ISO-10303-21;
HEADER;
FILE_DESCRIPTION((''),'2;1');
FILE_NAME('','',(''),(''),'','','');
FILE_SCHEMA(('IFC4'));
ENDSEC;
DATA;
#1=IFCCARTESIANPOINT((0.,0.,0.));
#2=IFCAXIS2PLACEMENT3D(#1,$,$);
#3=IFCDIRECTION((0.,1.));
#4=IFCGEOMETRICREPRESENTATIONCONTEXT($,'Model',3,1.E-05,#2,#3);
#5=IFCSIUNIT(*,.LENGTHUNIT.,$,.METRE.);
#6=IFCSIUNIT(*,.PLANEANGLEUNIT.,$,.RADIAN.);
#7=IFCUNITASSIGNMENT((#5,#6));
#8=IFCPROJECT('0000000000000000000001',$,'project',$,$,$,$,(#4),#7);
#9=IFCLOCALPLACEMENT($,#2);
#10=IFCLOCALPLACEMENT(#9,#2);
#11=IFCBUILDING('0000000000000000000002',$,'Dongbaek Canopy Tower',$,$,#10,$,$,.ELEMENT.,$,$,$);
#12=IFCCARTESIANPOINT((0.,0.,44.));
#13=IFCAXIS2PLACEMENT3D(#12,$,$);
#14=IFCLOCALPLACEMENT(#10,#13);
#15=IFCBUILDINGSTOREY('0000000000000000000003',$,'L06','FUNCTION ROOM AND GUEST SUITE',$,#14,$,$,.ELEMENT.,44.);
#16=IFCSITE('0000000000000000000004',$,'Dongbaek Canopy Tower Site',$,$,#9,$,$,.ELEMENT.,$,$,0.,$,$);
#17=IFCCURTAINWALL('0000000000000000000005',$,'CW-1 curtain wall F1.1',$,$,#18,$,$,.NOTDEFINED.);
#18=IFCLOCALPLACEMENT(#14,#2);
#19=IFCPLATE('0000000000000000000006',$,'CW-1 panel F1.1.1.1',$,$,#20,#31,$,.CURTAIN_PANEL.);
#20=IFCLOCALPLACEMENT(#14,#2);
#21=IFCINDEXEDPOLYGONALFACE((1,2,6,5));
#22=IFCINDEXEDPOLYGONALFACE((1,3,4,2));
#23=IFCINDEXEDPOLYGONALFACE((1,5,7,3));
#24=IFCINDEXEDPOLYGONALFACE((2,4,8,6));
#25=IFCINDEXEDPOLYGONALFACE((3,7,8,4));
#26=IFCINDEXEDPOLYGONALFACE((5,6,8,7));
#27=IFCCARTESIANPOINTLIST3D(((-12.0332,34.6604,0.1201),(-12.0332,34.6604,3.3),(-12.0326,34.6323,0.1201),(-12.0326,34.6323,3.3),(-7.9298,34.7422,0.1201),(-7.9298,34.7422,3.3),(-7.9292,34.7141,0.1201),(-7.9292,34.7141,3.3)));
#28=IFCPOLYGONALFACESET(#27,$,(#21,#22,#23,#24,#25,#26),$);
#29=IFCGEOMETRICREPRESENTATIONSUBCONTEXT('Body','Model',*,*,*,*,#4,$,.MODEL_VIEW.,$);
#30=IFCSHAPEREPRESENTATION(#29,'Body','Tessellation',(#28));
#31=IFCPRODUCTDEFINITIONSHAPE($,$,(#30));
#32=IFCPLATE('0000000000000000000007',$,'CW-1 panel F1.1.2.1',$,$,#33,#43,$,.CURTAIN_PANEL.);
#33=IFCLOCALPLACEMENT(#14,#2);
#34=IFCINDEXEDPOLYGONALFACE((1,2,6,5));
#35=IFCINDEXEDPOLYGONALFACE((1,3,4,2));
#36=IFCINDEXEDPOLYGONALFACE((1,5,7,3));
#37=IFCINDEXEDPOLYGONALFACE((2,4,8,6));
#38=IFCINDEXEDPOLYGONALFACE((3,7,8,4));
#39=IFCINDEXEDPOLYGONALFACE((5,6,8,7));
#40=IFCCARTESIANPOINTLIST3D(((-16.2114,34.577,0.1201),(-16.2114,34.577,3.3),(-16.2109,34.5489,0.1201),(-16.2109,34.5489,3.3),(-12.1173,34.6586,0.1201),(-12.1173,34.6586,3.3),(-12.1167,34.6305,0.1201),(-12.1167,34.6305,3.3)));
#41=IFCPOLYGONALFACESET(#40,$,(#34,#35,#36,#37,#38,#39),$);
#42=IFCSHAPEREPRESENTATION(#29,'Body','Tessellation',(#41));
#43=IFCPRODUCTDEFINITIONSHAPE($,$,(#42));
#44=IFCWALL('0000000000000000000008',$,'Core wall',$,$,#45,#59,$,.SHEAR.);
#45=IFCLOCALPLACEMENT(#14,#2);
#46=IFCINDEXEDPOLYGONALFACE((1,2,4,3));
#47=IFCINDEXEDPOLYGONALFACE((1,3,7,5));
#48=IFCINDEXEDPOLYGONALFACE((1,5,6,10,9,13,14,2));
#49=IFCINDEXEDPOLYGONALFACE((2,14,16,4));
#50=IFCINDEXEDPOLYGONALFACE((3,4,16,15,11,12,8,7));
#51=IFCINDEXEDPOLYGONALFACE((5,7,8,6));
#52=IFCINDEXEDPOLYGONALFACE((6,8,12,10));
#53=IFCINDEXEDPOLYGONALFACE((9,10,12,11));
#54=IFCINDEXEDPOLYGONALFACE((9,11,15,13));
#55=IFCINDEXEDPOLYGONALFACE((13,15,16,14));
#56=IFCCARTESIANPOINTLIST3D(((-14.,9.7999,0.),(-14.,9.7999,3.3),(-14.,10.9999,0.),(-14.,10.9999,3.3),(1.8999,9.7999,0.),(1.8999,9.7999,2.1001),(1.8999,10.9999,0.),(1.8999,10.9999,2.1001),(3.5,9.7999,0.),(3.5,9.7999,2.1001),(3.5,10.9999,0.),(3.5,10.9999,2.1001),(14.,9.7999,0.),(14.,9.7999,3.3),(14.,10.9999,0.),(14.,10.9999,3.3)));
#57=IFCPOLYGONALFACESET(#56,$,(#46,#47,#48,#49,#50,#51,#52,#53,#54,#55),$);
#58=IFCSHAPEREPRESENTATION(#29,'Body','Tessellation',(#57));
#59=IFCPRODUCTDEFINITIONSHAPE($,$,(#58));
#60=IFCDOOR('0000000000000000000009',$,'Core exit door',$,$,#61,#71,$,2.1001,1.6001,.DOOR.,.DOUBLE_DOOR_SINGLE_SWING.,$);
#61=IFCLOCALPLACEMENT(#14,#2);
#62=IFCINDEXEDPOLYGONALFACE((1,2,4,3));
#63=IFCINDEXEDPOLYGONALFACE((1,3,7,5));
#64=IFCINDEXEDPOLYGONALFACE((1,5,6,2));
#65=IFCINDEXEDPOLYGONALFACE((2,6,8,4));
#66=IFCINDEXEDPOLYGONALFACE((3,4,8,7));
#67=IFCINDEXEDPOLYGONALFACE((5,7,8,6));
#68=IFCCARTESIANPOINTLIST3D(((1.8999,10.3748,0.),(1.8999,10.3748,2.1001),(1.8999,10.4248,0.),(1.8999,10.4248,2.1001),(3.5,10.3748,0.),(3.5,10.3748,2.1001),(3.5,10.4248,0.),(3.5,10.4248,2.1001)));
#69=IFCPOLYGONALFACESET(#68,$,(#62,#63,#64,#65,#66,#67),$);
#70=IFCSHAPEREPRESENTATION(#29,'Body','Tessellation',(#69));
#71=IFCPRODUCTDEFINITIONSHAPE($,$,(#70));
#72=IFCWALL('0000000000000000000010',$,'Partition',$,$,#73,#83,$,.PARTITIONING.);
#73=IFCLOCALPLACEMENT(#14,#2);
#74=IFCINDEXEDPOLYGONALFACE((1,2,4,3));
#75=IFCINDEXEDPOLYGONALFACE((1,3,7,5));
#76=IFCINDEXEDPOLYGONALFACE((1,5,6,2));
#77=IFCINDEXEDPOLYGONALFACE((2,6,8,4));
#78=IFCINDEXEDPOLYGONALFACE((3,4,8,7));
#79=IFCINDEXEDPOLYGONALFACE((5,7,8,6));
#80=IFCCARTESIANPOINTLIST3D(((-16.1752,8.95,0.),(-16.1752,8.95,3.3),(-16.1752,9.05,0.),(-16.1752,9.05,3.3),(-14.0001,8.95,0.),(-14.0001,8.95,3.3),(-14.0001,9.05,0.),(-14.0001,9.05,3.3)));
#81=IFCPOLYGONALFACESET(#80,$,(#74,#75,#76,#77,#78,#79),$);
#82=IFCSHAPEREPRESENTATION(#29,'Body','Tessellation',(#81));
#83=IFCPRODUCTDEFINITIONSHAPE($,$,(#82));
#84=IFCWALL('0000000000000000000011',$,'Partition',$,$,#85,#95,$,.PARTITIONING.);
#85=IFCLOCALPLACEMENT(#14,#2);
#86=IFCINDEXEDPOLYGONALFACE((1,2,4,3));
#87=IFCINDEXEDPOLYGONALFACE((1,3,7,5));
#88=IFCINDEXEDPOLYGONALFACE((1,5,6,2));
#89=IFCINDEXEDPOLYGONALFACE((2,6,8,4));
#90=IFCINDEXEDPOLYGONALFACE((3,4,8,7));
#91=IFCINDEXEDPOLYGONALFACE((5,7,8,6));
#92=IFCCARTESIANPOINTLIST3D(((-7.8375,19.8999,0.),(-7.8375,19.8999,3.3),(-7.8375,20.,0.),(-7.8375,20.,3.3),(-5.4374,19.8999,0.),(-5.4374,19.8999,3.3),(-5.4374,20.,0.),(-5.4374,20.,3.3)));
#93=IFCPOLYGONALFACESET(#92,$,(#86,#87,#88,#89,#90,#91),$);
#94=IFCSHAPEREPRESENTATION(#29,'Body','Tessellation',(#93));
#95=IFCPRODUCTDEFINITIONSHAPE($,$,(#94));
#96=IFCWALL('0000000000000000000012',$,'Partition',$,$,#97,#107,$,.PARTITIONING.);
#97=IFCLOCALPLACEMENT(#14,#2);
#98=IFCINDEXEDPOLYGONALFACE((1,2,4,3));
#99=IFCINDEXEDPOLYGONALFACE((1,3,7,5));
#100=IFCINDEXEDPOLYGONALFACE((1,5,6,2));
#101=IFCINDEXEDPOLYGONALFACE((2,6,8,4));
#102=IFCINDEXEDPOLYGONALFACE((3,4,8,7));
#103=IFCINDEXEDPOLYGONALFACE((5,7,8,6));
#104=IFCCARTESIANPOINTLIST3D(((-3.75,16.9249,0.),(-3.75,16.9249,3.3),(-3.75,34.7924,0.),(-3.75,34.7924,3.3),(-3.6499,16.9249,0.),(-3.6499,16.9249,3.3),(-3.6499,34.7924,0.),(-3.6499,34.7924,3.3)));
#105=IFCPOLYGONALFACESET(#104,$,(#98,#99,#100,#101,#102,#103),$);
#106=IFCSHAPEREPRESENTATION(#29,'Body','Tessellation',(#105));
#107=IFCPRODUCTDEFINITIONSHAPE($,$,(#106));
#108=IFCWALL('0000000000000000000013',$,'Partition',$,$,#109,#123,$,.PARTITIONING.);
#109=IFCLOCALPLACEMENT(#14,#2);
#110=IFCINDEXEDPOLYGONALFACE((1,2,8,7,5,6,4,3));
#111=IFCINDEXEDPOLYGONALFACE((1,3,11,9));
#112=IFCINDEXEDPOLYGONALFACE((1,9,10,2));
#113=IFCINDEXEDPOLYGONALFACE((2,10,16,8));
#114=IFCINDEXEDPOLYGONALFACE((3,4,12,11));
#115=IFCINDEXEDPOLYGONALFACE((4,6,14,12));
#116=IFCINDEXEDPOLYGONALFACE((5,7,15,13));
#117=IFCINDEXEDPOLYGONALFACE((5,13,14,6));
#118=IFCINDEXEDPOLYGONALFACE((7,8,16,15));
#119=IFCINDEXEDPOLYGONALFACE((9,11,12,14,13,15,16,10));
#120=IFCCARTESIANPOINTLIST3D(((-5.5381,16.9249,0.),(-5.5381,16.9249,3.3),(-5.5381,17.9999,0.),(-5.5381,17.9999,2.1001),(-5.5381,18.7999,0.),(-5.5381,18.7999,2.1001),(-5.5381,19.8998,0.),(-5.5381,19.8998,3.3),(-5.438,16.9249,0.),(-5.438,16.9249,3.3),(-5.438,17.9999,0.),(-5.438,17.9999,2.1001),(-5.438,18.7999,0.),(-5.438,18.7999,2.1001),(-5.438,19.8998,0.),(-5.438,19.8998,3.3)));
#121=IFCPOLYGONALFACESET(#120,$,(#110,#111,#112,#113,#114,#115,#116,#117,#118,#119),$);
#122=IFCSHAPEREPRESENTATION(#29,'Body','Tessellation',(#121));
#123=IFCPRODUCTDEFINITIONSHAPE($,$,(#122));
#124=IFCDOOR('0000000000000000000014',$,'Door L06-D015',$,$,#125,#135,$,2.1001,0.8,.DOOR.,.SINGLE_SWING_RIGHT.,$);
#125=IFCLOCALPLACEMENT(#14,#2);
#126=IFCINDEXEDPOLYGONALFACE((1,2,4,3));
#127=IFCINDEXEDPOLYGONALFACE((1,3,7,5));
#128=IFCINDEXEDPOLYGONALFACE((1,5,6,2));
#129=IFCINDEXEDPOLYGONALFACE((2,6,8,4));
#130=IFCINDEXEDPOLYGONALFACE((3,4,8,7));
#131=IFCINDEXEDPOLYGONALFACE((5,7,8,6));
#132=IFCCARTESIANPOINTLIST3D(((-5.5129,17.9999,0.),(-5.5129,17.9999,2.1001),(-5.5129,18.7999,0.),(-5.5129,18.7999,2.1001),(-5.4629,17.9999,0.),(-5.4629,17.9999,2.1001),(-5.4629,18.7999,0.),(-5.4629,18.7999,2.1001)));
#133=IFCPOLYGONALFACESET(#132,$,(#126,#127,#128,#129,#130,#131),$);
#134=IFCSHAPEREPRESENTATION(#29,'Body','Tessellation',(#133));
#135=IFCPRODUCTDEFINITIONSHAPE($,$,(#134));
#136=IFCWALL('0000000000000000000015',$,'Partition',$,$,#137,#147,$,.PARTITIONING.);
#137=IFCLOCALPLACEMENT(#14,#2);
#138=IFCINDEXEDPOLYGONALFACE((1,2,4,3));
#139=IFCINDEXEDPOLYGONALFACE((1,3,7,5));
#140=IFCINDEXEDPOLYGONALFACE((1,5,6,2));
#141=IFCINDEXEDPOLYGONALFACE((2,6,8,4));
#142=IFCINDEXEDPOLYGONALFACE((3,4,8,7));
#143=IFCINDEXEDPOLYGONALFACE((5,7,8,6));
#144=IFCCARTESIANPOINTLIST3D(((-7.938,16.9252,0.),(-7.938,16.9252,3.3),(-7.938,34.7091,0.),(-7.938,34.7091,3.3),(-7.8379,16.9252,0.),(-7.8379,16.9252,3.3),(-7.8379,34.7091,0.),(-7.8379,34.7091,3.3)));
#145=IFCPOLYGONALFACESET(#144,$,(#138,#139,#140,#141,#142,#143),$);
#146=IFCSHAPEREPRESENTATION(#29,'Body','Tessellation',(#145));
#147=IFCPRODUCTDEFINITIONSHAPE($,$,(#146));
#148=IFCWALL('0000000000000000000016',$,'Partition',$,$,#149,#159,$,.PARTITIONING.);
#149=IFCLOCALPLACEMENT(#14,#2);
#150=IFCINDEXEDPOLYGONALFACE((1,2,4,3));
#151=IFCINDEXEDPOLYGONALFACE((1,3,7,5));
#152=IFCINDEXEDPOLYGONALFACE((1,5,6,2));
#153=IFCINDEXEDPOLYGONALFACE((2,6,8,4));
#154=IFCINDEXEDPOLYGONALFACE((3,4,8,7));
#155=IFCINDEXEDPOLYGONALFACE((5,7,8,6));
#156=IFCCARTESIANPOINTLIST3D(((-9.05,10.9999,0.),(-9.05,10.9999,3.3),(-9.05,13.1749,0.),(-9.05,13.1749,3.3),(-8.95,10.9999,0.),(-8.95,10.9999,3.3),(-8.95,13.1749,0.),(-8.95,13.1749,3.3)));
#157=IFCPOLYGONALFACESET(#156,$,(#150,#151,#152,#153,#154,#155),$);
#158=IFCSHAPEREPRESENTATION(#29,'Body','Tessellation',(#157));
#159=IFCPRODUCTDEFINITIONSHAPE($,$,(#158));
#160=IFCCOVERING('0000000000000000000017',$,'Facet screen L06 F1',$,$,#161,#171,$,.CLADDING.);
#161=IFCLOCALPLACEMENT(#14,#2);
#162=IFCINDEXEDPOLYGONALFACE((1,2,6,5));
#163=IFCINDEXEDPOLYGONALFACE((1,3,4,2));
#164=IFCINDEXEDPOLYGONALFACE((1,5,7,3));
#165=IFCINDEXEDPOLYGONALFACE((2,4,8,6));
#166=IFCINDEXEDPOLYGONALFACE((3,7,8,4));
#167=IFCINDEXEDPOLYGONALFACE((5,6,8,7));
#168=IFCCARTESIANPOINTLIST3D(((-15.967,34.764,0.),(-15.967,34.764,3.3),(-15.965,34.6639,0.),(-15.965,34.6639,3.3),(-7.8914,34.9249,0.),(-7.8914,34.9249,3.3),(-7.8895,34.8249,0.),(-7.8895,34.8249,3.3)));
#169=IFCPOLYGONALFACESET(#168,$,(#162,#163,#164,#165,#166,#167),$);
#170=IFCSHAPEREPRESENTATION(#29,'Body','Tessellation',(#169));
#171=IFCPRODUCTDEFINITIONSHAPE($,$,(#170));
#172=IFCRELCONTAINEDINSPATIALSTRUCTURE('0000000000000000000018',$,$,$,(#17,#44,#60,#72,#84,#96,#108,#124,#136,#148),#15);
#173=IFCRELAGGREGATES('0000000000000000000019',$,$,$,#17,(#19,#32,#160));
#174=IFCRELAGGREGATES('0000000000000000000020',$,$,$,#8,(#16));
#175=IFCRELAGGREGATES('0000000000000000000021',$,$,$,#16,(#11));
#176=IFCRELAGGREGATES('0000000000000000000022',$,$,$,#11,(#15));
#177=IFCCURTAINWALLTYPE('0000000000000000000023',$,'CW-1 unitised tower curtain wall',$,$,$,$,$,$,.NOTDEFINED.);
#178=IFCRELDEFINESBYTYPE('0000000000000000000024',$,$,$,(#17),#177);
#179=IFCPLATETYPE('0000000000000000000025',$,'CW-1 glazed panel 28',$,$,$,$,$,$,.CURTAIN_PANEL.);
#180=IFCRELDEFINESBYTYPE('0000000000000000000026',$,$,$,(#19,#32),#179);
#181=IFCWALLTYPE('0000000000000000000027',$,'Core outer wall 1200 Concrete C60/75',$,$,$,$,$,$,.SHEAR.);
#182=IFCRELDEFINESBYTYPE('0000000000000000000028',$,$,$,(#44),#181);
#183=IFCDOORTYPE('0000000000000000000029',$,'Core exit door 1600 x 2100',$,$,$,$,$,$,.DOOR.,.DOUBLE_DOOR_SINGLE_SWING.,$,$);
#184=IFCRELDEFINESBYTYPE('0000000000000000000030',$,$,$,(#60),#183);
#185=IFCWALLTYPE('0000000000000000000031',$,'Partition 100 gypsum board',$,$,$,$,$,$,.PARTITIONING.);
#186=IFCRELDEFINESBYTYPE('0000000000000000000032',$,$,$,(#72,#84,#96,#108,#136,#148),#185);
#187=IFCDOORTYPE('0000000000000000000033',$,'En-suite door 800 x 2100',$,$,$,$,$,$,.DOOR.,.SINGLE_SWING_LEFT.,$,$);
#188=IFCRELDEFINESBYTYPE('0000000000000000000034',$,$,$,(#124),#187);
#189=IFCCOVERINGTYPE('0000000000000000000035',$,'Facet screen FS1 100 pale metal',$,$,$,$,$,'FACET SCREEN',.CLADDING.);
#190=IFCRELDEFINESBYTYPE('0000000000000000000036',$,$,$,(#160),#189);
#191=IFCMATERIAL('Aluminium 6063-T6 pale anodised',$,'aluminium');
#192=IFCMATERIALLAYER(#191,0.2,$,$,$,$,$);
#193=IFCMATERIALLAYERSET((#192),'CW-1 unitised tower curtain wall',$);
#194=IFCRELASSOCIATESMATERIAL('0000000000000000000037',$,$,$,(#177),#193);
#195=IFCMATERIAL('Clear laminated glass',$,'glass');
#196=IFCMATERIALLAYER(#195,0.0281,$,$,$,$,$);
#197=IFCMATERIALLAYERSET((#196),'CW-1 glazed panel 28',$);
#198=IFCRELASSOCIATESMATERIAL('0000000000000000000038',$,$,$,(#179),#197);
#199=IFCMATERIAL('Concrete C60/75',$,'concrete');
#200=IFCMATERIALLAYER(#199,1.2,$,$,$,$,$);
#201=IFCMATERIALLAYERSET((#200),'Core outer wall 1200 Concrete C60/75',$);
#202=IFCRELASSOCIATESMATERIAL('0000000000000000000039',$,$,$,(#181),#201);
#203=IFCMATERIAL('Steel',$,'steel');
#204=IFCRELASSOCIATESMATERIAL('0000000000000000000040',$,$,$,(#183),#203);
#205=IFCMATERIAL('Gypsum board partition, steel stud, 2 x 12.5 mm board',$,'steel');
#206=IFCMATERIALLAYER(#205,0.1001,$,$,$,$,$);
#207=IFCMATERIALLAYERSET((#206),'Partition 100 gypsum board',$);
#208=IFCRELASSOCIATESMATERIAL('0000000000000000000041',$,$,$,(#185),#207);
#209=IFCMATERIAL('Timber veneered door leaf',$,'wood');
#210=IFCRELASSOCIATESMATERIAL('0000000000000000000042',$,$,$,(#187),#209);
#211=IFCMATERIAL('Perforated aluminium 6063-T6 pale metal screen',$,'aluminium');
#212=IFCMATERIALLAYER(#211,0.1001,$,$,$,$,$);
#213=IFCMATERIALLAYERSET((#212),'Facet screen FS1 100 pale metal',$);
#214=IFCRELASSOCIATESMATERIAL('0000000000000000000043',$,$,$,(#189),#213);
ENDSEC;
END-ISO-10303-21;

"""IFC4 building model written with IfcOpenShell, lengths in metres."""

from ifc_helpers import new_model, si_unit, direction, frame, frame_2d, origin, origin_2d, place, context, subcontext, project, spatial, rectangle, extrude, material, layer, layer_set, type_object, element, fill, aggregate, save


model = new_model("IFC4")

# Units and contexts
model_context = context("Model", 3, precision=1e-05, world=origin(), true_north=direction((0.0, 1.0)))
body_context = subcontext(model_context, "Body", "Model", "MODEL_VIEW")
ifc_project = project(units=[si_unit("LENGTHUNIT", "METRE"), si_unit("PLANEANGLEUNIT", "RADIAN")], contexts=[model_context])

# Site, building, storey
site_placement = place(None, origin())
site = spatial("IfcSite", under=ifc_project, at=site_placement, Name="Dongbaek Canopy Tower Site", CompositionType="ELEMENT", RefElevation=0.0)
building_placement = place(site_placement, origin())
building = spatial("IfcBuilding", under=site, at=building_placement, Name="Dongbaek Canopy Tower", CompositionType="ELEMENT")
storey_placement = place(building_placement, frame((0.0, 0.0, 44.0)))
storey = spatial("IfcBuildingStorey", under=building, at=storey_placement, Name="L06", Description="FUNCTION ROOM AND GUEST SUITE", CompositionType="ELEMENT", Elevation=44.0)

# Curtain wall
ifc_material_1 = material(Name="Aluminium 6063-T6 pale anodised", Category="aluminium")
ifc_layer_1 = layer(ifc_material_1, 0.2)
ifc_layer_set_1 = layer_set([ifc_layer_1], Name="CW-1 unitised tower curtain wall")
curtain_wall_type = type_object("IfcCurtainWallType", Name="CW-1 unitised tower curtain wall", PredefinedType="NOTDEFINED", material=ifc_layer_set_1)
curtain_wall_placement = place(storey_placement, origin())
curtain_wall = element("IfcCurtainWall", 1, at=curtain_wall_placement, inside=storey, type_object=curtain_wall_type, Name="CW-1 curtain wall F1.1", PredefinedType="NOTDEFINED")

# Plates
ifc_material_2 = material(Name="Clear laminated glass", Category="glass")
ifc_layer_2 = layer(ifc_material_2, 0.0281)
ifc_layer_set_2 = layer_set([ifc_layer_2], Name="CW-1 glazed panel 28")
plate_type = type_object("IfcPlateType", Name="CW-1 glazed panel 28", PredefinedType="CURTAIN_PANEL", material=ifc_layer_set_2)
plate_1_placement = place(storey_placement, frame((-9.9812, 34.6873, 0.1201), z_axis=(0.0, 0.0, 1.0), x_axis=(-0.999801, -0.019926, 0.0)))
plate_1 = element("IfcPlate", 2, at=plate_1_placement, type_object=plate_type, Name="CW-1 panel F1.1.1.1", PredefinedType="CURTAIN_PANEL", context=body_context, shape_type="SweptSolid", body=[
    extrude(rectangle(XDim=4.1042, YDim=0.0281, at=origin_2d()), origin(), (0.0, 0.0, 1.0), 3.1799),
])
plate_2_placement = place(storey_placement, frame((-14.1641, 34.6038, 0.1201), z_axis=(0.0, 0.0, 1.0), x_axis=(-0.999801, -0.019926, 0.0)))
plate_2 = element("IfcPlate", 3, at=plate_2_placement, type_object=plate_type, Name="CW-1 panel F1.1.2.1", PredefinedType="CURTAIN_PANEL", context=body_context, shape_type="SweptSolid", body=[
    extrude(rectangle(XDim=4.095, YDim=0.0281, at=origin_2d()), origin(), (0.0, 0.0, 1.0), 3.1799),
])

# Wall, opening, door
ifc_material_3 = material(Name="Concrete C60/75", Category="concrete")
ifc_layer_3 = layer(ifc_material_3, 1.2)
ifc_layer_set_3 = layer_set([ifc_layer_3], Name="Core outer wall 1200 Concrete C60/75")
wall_type_1 = type_object("IfcWallType", Name="Core outer wall 1200 Concrete C60/75", PredefinedType="SHEAR", material=ifc_layer_set_3)
wall_1_placement = place(storey_placement, frame((-14.0, 10.3999, 0.0), z_axis=(0.0, 0.0, 1.0), x_axis=(1.0, 0.0, 0.0)))
wall_1 = element("IfcWall", 4, at=wall_1_placement, inside=storey, type_object=wall_type_1, Name="Core wall", PredefinedType="SHEAR", context=body_context, shape_type="SweptSolid", body=[
    extrude(rectangle(XDim=28.0, YDim=1.2, at=frame_2d((14.0, 0.0))), origin(), (0.0, 0.0, 1.0), 3.3),
])
opening_1_placement = place(wall_1_placement, frame((15.8999, 0.0, 0.0)))
opening_1 = element("IfcOpeningElement", 5, at=opening_1_placement, cuts=wall_1, PredefinedType="OPENING", context=body_context, shape_type="SweptSolid", body=[
    extrude(rectangle(XDim=1.6001, YDim=2.1001, at=frame_2d((0.8, 1.05))), frame((0.0, 0.6099, 0.0), z_axis=(0.0, -1.0, 0.0), x_axis=(1.0, 0.0, 0.0)), (0.0, 0.0, 1.0), 1.22),
])
ifc_material_4 = material(Name="Steel", Category="steel")
door_type_1 = type_object("IfcDoorType", Name="Core exit door 1600 x 2100", OperationType="DOUBLE_DOOR_SINGLE_SWING", PredefinedType="DOOR", material=ifc_material_4)
door_1_placement = place(opening_1_placement, origin())
door_1 = element("IfcDoor", 6, at=door_1_placement, inside=storey, type_object=door_type_1, Name="Core exit door", OperationType="DOUBLE_DOOR_SINGLE_SWING", OverallHeight=2.1001, OverallWidth=1.6001, PredefinedType="DOOR", context=body_context, shape_type="SweptSolid", body=[
    extrude(rectangle(XDim=1.6001, YDim=2.1001, at=frame_2d((0.8, 1.05))), frame((0.0, 0.0249, 0.0), z_axis=(0.0, -1.0, 0.0), x_axis=(1.0, 0.0, 0.0)), (0.0, 0.0, 1.0), 0.05),
])
fill(opening_1, door_1)

# Walls
ifc_material_5 = material(Name="Gypsum board partition, steel stud, 2 x 12.5 mm board", Category="steel")
ifc_layer_4 = layer(ifc_material_5, 0.1001)
ifc_layer_set_4 = layer_set([ifc_layer_4], Name="Partition 100 gypsum board")
wall_type_2 = type_object("IfcWallType", Name="Partition 100 gypsum board", PredefinedType="PARTITIONING", material=ifc_layer_set_4)
wall_2_placement = place(storey_placement, frame((-16.175, 9.0, 0.0), z_axis=(0.0, 0.0, 1.0), x_axis=(1.0, 0.0, 0.0)))
element("IfcWall", 7, at=wall_2_placement, inside=storey, type_object=wall_type_2, Name="Partition", PredefinedType="PARTITIONING", context=body_context, shape_type="SweptSolid", body=[
    extrude(rectangle(XDim=2.175, YDim=0.1001, at=frame_2d((1.0874, 0.0))), origin(), (0.0, 0.0, 1.0), 3.3),
])
wall_3_placement = place(storey_placement, frame((-7.8376, 19.95, 0.0), z_axis=(0.0, 0.0, 1.0), x_axis=(1.0, 0.0, 0.0)))
element("IfcWall", 8, at=wall_3_placement, inside=storey, type_object=wall_type_2, Name="Partition", PredefinedType="PARTITIONING", context=body_context, shape_type="SweptSolid", body=[
    extrude(rectangle(XDim=2.4001, YDim=0.1001, at=frame_2d((1.2002, 0.0))), origin(), (0.0, 0.0, 1.0), 3.3),
])
wall_4_placement = place(storey_placement, frame((-3.7, 16.925, 0.0), z_axis=(0.0, 0.0, 1.0), x_axis=(0.0, 1.0, 0.0)))
element("IfcWall", 9, at=wall_4_placement, inside=storey, type_object=wall_type_2, Name="Partition", PredefinedType="PARTITIONING", context=body_context, shape_type="SweptSolid", body=[
    extrude(rectangle(XDim=17.8674, YDim=0.1001, at=frame_2d((8.9336, 0.0))), origin(), (0.0, 0.0, 1.0), 3.3),
])

# Wall, opening, door
wall_5_placement = place(storey_placement, frame((-5.488, 16.925, 0.0), z_axis=(0.0, 0.0, 1.0), x_axis=(0.0, 1.0, 0.0)))
wall_5 = element("IfcWall", 10, at=wall_5_placement, inside=storey, type_object=wall_type_2, Name="Partition", PredefinedType="PARTITIONING", context=body_context, shape_type="SweptSolid", body=[
    extrude(rectangle(XDim=2.9749, YDim=0.1001, at=frame_2d((1.4873, 0.0))), origin(), (0.0, 0.0, 1.0), 3.3),
])
opening_2_placement = place(wall_5_placement, frame((1.075, 0.0, 0.0)))
opening_2 = element("IfcOpeningElement", 11, at=opening_2_placement, cuts=wall_5, PredefinedType="OPENING", context=body_context, shape_type="SweptSolid", body=[
    extrude(rectangle(XDim=0.8, YDim=2.1001, at=frame_2d((0.3999, 1.05))), frame((0.0, 0.0601, 0.0), z_axis=(0.0, -1.0, 0.0), x_axis=(1.0, 0.0, 0.0)), (0.0, 0.0, 1.0), 0.1201),
])
ifc_material_6 = material(Name="Timber veneered door leaf", Category="wood")
door_type_2 = type_object("IfcDoorType", Name="En-suite door 800 x 2100", OperationType="SINGLE_SWING_LEFT", PredefinedType="DOOR", material=ifc_material_6)
door_2_placement = place(opening_2_placement, origin())
door_2 = element("IfcDoor", 12, at=door_2_placement, inside=storey, type_object=door_type_2, Name="Door L06-D015", OperationType="SINGLE_SWING_RIGHT", OverallHeight=2.1001, OverallWidth=0.8, PredefinedType="DOOR", context=body_context, shape_type="SweptSolid", body=[
    extrude(rectangle(XDim=0.8, YDim=2.1001, at=frame_2d((0.3999, 1.05))), frame((0.0, 0.0249, 0.0), z_axis=(0.0, -1.0, 0.0), x_axis=(1.0, 0.0, 0.0)), (0.0, 0.0, 1.0), 0.05),
])
fill(opening_2, door_2)

# Walls
wall_6_placement = place(storey_placement, frame((-7.8879, 16.925, 0.0), z_axis=(0.0, 0.0, 1.0), x_axis=(0.0, 1.0, 0.0)))
element("IfcWall", 13, at=wall_6_placement, inside=storey, type_object=wall_type_2, Name="Partition", PredefinedType="PARTITIONING", context=body_context, shape_type="SweptSolid", body=[
    extrude(rectangle(XDim=17.7839, YDim=0.1001, at=frame_2d((8.8921, 0.0))), origin(), (0.0, 0.0, 1.0), 3.3),
])
wall_7_placement = place(storey_placement, frame((-9.0, 11.0, 0.0), z_axis=(0.0, 0.0, 1.0), x_axis=(0.0, 1.0, 0.0)))
element("IfcWall", 14, at=wall_7_placement, inside=storey, type_object=wall_type_2, Name="Partition", PredefinedType="PARTITIONING", context=body_context, shape_type="SweptSolid", body=[
    extrude(rectangle(XDim=2.175, YDim=0.1001, at=frame_2d((1.0874, 0.0))), origin(), (0.0, 0.0, 1.0), 3.3),
])

# Covering
ifc_material_7 = material(Name="Perforated aluminium 6063-T6 pale metal screen", Category="aluminium")
ifc_layer_5 = layer(ifc_material_7, 0.1001)
ifc_layer_set_5 = layer_set([ifc_layer_5], Name="Facet screen FS1 100 pale metal")
covering_type = type_object("IfcCoveringType", Name="Facet screen FS1 100 pale metal", ElementType="FACET SCREEN", PredefinedType="CLADDING", material=ifc_layer_set_5)
covering_placement = place(storey_placement, frame((-11.9282, 34.7944, 0.0), z_axis=(0.0, 0.0, 1.0), x_axis=(-0.999801, -0.019925, 0.0)))
covering = element("IfcCovering", 15, at=covering_placement, type_object=covering_type, Name="Facet screen L06 F1", PredefinedType="CLADDING", context=body_context, shape_type="SweptSolid", body=[
    extrude(rectangle(XDim=8.0771, YDim=0.1001, at=origin_2d()), origin(), (0.0, 0.0, 1.0), 3.3),
])
aggregate(curtain_wall, [plate_1, plate_2, covering])

save(model, "model.ifc")
